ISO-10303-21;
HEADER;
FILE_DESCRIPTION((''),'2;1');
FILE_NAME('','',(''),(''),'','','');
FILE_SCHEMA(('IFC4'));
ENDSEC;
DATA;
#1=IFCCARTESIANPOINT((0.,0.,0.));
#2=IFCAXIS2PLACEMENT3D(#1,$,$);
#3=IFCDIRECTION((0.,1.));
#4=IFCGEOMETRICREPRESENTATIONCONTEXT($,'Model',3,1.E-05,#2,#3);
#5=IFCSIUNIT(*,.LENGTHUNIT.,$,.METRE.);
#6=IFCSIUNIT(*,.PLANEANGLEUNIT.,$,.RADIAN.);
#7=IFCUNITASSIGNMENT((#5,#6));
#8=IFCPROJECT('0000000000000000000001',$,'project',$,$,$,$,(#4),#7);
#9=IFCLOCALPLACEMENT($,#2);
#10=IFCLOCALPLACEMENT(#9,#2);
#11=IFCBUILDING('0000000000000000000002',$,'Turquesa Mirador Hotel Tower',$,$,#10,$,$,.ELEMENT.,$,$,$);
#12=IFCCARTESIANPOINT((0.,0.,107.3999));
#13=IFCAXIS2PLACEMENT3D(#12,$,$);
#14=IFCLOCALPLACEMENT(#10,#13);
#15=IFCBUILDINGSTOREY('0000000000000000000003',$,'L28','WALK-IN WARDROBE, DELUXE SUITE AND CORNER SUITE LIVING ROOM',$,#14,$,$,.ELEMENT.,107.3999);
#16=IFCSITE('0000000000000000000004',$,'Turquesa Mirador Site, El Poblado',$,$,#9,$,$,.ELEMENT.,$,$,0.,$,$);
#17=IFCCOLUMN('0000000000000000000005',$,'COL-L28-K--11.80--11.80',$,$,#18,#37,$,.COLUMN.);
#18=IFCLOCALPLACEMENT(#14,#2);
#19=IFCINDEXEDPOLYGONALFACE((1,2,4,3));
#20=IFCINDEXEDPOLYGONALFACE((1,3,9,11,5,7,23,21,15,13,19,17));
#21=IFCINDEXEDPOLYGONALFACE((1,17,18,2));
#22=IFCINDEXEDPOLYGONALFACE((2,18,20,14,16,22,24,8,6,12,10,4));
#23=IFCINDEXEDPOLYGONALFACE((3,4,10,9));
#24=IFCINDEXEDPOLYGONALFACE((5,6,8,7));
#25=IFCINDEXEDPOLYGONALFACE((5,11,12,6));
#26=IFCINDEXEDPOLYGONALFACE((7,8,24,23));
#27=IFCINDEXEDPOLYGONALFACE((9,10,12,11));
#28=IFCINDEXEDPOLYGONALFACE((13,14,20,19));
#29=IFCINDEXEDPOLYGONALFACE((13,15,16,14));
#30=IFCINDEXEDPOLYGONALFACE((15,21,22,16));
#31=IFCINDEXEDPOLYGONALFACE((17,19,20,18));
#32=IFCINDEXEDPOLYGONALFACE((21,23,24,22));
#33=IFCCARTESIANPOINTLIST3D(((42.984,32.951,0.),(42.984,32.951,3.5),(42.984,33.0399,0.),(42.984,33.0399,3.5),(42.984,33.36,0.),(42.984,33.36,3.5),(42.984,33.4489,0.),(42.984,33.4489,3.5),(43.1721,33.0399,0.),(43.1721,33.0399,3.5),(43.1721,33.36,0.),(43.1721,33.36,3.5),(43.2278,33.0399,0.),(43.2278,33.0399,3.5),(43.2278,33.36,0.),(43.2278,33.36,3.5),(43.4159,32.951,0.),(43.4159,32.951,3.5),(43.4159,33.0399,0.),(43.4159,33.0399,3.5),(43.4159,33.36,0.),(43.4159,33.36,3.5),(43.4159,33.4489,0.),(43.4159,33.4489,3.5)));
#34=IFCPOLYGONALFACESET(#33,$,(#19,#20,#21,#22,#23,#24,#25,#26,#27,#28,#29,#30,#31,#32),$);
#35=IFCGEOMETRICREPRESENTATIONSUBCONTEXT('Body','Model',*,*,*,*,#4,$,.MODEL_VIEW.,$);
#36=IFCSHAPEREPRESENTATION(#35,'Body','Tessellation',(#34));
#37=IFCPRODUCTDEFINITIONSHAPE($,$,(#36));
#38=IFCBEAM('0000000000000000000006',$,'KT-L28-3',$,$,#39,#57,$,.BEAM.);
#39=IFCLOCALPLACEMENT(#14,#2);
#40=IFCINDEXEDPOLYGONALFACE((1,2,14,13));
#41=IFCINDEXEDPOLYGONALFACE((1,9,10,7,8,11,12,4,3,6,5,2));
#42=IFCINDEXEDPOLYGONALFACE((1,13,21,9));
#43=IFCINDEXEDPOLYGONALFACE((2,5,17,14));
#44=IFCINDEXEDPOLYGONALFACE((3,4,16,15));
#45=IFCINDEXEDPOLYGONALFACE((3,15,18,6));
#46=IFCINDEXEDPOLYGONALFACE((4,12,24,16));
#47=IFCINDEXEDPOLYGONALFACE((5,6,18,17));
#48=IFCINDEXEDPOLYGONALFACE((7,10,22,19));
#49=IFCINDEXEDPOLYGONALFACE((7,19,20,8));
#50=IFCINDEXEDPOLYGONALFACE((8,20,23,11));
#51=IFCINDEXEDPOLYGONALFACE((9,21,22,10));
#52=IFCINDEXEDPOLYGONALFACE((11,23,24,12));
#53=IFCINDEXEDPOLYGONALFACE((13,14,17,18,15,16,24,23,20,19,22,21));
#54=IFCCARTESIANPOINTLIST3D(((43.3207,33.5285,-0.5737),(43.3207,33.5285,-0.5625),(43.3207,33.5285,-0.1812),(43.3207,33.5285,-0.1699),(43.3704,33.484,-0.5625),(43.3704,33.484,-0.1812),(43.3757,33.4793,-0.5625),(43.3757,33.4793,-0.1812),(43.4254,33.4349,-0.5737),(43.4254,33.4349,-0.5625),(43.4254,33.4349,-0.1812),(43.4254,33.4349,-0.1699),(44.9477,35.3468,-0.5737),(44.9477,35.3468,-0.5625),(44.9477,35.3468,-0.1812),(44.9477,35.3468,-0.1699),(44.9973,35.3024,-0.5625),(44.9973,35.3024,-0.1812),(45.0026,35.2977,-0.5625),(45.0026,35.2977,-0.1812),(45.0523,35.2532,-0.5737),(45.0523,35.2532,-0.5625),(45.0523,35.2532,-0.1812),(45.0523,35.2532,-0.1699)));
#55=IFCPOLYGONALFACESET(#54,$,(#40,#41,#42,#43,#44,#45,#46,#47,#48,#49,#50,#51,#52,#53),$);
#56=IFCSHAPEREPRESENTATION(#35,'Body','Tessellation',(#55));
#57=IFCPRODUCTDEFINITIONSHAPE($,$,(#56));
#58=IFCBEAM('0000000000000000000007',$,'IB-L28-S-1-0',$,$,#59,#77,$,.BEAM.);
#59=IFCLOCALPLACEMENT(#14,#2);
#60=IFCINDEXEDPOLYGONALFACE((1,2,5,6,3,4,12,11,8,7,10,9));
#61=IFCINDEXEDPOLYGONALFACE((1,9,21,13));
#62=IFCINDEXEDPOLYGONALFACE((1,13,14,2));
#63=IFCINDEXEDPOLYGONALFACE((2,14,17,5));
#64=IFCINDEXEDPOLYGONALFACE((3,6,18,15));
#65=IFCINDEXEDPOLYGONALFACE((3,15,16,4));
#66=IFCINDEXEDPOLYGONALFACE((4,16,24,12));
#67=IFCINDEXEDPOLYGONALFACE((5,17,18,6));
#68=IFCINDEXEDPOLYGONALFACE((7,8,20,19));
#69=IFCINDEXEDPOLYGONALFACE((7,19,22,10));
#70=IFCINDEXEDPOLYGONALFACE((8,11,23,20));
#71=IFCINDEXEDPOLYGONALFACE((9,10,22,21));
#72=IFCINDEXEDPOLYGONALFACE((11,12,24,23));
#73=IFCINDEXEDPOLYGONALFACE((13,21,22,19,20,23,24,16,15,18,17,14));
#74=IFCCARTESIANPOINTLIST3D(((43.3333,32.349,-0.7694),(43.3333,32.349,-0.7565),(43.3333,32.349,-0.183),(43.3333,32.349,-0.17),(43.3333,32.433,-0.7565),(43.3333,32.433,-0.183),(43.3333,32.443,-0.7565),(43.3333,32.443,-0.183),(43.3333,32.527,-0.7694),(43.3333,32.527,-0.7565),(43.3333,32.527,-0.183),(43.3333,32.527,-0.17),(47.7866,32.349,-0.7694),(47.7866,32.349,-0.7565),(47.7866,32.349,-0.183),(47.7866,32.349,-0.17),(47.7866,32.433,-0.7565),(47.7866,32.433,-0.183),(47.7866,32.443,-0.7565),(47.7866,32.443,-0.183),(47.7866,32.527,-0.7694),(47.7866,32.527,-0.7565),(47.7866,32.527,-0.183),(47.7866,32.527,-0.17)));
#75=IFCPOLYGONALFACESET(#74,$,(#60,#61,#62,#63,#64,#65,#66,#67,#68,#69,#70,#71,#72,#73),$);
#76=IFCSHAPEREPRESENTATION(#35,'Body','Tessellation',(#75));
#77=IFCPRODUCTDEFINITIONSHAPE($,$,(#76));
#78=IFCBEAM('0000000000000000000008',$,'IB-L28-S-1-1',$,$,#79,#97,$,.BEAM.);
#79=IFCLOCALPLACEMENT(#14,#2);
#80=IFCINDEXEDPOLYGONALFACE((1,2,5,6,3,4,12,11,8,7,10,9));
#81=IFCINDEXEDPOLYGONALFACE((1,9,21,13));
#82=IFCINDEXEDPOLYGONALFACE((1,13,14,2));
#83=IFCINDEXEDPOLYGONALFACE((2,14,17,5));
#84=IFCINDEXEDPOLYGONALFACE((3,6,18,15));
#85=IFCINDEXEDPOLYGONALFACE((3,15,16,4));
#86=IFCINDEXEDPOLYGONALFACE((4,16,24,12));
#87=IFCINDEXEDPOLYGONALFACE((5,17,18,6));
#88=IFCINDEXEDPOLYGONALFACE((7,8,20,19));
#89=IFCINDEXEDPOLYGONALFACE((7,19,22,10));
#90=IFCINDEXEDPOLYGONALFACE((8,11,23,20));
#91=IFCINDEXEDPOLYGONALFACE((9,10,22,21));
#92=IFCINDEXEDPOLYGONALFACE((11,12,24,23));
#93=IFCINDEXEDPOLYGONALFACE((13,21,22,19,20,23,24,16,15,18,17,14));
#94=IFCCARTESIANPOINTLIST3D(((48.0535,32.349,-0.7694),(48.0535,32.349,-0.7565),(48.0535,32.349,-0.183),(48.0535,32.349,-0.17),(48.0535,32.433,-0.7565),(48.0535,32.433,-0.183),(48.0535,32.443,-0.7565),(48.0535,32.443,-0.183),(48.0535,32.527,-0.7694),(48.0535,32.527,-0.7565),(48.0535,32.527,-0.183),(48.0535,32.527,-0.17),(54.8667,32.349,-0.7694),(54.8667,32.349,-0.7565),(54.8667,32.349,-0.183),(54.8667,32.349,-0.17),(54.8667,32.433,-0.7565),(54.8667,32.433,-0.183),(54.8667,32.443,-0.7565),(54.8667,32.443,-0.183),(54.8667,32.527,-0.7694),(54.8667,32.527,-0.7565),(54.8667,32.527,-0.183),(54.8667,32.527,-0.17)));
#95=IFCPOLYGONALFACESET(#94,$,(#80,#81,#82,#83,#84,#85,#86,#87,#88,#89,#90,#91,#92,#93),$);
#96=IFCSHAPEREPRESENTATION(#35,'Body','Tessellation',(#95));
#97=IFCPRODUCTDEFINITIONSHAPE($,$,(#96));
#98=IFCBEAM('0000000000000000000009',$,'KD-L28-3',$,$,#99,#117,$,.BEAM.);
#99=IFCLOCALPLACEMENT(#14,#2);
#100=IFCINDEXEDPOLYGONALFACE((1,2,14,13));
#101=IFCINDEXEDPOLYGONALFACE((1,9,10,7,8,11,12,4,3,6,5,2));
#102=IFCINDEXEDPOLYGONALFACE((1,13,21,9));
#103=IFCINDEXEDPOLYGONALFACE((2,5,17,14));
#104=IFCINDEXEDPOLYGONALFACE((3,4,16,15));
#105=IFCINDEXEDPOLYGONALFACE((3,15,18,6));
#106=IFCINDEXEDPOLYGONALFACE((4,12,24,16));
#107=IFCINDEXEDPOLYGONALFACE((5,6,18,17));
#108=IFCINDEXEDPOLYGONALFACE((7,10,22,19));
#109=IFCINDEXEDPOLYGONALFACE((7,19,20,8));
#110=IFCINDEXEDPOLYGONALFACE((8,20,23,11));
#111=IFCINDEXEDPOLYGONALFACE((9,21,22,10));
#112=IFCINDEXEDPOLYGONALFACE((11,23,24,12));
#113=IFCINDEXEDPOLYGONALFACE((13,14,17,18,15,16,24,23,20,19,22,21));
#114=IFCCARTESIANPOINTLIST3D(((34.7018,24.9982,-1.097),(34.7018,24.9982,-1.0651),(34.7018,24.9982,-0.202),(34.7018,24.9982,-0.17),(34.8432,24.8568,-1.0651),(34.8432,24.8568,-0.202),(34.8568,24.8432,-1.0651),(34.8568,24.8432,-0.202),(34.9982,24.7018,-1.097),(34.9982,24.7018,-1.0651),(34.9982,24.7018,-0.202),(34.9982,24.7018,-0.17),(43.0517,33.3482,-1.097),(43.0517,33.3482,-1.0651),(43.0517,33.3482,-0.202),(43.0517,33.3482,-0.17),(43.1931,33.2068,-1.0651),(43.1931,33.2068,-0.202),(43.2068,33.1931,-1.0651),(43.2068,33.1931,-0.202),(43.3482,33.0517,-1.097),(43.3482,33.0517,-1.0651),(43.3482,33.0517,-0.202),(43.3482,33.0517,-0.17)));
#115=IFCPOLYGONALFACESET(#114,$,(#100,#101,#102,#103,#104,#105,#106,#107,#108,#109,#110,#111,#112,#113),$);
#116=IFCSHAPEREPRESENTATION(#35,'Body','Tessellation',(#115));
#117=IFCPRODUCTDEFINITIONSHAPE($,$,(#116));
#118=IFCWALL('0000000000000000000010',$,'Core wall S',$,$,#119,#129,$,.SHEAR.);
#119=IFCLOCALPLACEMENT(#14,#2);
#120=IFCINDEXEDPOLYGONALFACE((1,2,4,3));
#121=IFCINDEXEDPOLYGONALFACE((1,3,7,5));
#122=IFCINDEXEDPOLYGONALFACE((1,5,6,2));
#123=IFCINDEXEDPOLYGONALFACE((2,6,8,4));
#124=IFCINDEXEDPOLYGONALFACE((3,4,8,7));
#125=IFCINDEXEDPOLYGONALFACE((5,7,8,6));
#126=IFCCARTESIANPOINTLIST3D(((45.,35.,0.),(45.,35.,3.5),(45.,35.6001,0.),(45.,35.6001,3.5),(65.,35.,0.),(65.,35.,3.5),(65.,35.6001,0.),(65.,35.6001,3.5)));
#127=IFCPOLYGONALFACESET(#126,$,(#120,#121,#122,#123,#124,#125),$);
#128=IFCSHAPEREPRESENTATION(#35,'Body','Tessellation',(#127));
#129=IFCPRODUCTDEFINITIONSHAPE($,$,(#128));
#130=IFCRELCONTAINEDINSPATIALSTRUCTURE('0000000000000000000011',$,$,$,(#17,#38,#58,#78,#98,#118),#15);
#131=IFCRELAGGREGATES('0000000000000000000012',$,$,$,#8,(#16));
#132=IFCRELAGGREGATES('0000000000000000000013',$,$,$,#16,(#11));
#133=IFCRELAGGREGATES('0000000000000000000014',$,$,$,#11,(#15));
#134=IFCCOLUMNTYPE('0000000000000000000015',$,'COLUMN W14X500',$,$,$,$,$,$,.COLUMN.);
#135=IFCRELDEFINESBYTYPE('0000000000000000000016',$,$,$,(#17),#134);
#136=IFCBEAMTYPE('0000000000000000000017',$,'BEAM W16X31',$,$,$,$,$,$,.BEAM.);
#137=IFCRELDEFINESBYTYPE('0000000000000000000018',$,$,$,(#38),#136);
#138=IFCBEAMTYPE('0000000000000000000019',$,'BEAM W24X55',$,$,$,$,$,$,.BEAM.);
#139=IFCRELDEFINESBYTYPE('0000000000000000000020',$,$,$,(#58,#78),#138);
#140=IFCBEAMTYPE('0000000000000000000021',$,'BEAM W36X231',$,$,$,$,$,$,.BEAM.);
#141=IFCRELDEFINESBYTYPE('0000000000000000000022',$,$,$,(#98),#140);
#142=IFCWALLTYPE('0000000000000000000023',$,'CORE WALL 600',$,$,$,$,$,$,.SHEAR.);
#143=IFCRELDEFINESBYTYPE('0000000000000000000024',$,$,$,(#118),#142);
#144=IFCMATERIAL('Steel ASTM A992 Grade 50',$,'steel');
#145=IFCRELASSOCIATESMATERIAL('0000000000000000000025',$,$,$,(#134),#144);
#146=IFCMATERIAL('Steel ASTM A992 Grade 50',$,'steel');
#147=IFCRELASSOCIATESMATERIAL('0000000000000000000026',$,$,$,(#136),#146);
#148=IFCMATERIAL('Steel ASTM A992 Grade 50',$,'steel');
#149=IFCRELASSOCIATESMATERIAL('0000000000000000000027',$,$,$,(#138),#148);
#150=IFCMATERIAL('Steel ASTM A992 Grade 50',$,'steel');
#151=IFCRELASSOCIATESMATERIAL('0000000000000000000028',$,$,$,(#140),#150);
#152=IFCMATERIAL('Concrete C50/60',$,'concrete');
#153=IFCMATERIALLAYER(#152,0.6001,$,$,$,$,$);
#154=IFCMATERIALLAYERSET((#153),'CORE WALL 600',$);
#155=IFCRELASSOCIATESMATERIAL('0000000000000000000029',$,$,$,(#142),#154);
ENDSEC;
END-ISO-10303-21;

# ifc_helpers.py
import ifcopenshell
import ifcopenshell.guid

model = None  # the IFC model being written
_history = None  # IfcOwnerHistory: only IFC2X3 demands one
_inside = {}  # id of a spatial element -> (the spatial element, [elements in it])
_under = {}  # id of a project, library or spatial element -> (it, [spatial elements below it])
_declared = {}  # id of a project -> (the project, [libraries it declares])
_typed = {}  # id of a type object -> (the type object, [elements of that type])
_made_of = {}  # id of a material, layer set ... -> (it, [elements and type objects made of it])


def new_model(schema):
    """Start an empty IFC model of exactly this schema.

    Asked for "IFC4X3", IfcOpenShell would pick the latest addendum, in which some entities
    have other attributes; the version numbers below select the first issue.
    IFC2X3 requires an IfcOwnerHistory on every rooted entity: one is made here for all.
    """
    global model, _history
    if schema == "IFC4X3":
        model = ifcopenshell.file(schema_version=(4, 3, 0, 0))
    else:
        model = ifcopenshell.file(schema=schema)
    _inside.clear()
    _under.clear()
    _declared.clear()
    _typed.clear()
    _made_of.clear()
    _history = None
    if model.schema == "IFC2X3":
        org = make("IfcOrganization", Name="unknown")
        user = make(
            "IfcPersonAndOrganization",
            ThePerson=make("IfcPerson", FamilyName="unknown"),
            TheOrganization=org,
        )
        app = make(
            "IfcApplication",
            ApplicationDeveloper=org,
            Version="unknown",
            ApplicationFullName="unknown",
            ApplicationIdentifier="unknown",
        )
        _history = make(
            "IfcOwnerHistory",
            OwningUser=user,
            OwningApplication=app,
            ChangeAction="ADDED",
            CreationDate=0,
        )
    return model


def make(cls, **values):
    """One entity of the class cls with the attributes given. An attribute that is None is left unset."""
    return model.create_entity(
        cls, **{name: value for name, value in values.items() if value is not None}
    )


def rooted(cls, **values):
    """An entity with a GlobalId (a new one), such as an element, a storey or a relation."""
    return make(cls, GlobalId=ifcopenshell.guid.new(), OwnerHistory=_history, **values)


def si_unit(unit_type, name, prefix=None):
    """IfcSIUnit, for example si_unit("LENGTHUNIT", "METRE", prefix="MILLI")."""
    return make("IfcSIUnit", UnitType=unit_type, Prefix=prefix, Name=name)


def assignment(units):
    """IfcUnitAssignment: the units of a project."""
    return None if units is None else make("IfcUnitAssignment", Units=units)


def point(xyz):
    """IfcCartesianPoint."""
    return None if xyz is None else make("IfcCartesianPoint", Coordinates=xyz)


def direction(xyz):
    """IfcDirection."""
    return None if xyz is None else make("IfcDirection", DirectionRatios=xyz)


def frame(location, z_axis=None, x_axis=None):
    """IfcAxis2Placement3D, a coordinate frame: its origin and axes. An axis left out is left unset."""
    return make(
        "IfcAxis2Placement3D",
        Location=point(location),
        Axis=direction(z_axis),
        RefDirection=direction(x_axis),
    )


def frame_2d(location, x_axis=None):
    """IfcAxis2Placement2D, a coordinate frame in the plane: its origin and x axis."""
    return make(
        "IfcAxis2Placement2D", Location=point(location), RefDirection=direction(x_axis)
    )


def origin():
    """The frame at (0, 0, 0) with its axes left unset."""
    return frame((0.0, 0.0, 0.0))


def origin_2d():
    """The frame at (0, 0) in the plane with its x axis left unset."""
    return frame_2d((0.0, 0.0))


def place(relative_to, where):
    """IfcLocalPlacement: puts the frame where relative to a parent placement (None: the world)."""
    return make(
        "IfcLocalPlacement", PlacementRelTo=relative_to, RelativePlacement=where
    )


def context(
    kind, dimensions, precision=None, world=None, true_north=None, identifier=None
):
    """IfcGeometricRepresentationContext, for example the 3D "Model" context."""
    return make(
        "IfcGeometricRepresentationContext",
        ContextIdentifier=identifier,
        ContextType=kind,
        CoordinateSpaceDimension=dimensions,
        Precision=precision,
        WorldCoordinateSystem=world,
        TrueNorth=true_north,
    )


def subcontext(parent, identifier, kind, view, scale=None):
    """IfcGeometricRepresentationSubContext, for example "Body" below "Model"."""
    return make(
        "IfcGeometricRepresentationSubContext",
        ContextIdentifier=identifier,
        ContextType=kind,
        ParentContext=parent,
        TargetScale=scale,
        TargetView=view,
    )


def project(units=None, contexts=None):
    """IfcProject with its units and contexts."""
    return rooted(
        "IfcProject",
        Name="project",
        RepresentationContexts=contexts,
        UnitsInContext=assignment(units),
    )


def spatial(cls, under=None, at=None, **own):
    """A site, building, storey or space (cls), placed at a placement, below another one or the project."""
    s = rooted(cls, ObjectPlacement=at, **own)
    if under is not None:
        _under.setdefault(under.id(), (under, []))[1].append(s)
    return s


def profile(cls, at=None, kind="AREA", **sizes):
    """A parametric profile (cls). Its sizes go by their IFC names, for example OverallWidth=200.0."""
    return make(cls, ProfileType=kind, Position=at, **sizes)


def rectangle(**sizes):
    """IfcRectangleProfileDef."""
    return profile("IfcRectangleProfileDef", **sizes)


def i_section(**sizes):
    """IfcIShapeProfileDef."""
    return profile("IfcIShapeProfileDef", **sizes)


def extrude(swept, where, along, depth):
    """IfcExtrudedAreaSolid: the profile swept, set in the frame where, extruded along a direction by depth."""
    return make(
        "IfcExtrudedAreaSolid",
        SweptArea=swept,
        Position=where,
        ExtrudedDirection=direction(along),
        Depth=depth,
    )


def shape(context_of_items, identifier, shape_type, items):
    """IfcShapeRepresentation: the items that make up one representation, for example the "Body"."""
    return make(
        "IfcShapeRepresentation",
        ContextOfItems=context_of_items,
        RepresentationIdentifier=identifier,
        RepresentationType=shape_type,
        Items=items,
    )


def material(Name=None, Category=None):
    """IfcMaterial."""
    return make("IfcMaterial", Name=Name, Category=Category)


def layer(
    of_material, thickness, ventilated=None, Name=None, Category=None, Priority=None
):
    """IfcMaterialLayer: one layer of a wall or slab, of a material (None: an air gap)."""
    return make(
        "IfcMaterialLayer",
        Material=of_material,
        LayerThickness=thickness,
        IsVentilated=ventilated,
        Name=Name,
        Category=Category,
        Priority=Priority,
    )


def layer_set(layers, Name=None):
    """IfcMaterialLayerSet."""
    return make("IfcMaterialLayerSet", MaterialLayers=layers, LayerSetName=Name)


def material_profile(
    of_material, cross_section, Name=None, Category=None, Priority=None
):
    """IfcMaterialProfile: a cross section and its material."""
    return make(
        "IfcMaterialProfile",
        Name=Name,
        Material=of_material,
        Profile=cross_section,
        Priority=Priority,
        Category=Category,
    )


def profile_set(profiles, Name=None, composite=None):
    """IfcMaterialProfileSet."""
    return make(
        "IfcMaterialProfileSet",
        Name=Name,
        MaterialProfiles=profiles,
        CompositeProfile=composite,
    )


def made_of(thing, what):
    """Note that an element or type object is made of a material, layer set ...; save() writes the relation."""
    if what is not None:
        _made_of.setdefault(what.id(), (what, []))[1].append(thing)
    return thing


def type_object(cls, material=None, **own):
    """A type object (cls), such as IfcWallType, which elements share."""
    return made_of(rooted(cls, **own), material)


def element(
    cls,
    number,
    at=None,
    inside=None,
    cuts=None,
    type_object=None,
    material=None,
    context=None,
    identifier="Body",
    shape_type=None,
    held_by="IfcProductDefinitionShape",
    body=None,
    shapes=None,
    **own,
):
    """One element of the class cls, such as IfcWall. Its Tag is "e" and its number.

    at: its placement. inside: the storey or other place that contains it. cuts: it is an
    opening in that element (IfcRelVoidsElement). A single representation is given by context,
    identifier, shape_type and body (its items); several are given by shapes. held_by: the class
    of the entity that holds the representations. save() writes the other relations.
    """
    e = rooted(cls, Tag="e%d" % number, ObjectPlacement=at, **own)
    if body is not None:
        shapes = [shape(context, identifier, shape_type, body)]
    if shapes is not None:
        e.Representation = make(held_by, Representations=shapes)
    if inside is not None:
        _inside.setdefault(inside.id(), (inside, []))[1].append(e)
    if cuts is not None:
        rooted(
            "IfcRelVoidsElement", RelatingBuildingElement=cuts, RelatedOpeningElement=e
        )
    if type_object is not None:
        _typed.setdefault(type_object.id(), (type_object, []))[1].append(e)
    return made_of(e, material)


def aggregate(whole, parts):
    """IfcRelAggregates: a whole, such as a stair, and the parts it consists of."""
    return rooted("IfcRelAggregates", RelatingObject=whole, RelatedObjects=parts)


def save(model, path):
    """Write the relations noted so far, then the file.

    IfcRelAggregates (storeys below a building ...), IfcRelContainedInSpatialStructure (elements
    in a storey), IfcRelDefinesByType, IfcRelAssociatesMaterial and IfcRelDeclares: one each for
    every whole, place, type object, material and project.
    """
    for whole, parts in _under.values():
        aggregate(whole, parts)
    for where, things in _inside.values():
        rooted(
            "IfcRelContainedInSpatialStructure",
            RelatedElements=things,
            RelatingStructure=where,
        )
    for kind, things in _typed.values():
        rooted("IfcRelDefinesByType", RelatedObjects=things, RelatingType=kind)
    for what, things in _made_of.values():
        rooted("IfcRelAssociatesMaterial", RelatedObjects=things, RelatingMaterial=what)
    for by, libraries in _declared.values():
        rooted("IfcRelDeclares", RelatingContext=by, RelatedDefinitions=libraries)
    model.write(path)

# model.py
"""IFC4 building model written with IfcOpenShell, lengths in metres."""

from ifc_helpers import new_model, si_unit, direction, frame, frame_2d, origin, origin_2d, place, context, subcontext, project, spatial, rectangle, i_section, extrude, material, layer, layer_set, material_profile, profile_set, type_object, element, save


model = new_model("IFC4")

# Units and contexts
model_context = context("Model", 3, precision=1e-05, world=origin(), true_north=direction((0.0, 1.0)))
body_context = subcontext(model_context, "Body", "Model", "MODEL_VIEW")
ifc_project = project(units=[si_unit("LENGTHUNIT", "METRE"), si_unit("PLANEANGLEUNIT", "RADIAN")], contexts=[model_context])

# Site, building, storey
site_placement = place(None, origin())
site = spatial("IfcSite", under=ifc_project, at=site_placement, Name="Turquesa Mirador Site, El Poblado", CompositionType="ELEMENT", RefElevation=0.0)
building_placement = place(site_placement, origin())
building = spatial("IfcBuilding", under=site, at=building_placement, Name="Turquesa Mirador Hotel Tower", CompositionType="ELEMENT")
storey_placement = place(building_placement, frame((0.0, 0.0, 107.3999)))
storey = spatial("IfcBuildingStorey", under=building, at=storey_placement, Name="L28", Description="WALK-IN WARDROBE, DELUXE SUITE AND CORNER SUITE LIVING ROOM", CompositionType="ELEMENT", Elevation=107.3999)

# Column
ifc_material_1 = material(Name="Steel ASTM A992 Grade 50", Category="steel")
ifc_material_profile_1 = material_profile(ifc_material_1, i_section(OverallWidth=0.4319, OverallDepth=0.4978, WebThickness=0.0557, FlangeThickness=0.0889, at=origin_2d()), Name="W14X500")
ifc_profile_set_1 = profile_set([ifc_material_profile_1], Name="Steel ASTM A992 Grade 50")
column_type = type_object("IfcColumnType", Name="COLUMN W14X500", PredefinedType="COLUMN", material=ifc_profile_set_1)
column_placement = place(storey_placement, frame((43.2, 33.2, 0.0), z_axis=(0.0, 0.0, 1.0), x_axis=(1.0, 0.0, 0.0)))
element("IfcColumn", 1, at=column_placement, inside=storey, type_object=column_type, Name="COL-L28-K--11.80--11.80", PredefinedType="COLUMN", context=body_context, shape_type="SweptSolid", body=[
    extrude(i_section(OverallWidth=0.4319, OverallDepth=0.4978, WebThickness=0.0557, FlangeThickness=0.0889, at=origin_2d()), origin(), (0.0, 0.0, 1.0), 3.5),
])

# Beams
ifc_material_2 = material(Name="Steel ASTM A992 Grade 50", Category="steel")
ifc_material_profile_2 = material_profile(ifc_material_2, i_section(OverallWidth=0.1404, OverallDepth=0.4038, WebThickness=0.0071, FlangeThickness=0.0112, at=origin_2d()), Name="W16X31")
ifc_profile_set_2 = profile_set([ifc_material_profile_2], Name="Steel ASTM A992 Grade 50")
beam_type_1 = type_object("IfcBeamType", Name="BEAM W16X31", PredefinedType="BEAM", material=ifc_profile_set_2)
beam_1_placement = place(storey_placement, frame((43.373, 33.4817, -0.3718), z_axis=(0.666795, 0.745241, 0.0), x_axis=(-0.745241, 0.666795, 0.0)))
element("IfcBeam", 2, at=beam_1_placement, inside=storey, type_object=beam_type_1, Name="KT-L28-3", PredefinedType="BEAM", context=body_context, shape_type="SweptSolid", body=[
    extrude(i_section(OverallWidth=0.1404, OverallDepth=0.4038, WebThickness=0.0071, FlangeThickness=0.0112, at=origin_2d()), origin(), (0.0, 0.0, 1.0), 2.4399),
])
ifc_material_3 = material(Name="Steel ASTM A992 Grade 50", Category="steel")
ifc_material_profile_3 = material_profile(ifc_material_3, i_section(OverallWidth=0.178, OverallDepth=0.5994, WebThickness=0.01, FlangeThickness=0.0129, at=origin_2d()), Name="W24X55")
ifc_profile_set_3 = profile_set([ifc_material_profile_3], Name="Steel ASTM A992 Grade 50")
beam_type_2 = type_object("IfcBeamType", Name="BEAM W24X55", PredefinedType="BEAM", material=ifc_profile_set_3)
beam_2_placement = place(storey_placement, frame((43.3333, 32.438, -0.4697), z_axis=(1.0, 0.0, 0.0), x_axis=(0.0, 1.0, 0.0)))
element("IfcBeam", 3, at=beam_2_placement, inside=storey, type_object=beam_type_2, Name="IB-L28-S-1-0", PredefinedType="BEAM", context=body_context, shape_type="SweptSolid", body=[
    extrude(i_section(OverallWidth=0.178, OverallDepth=0.5994, WebThickness=0.01, FlangeThickness=0.0129, at=origin_2d()), origin(), (0.0, 0.0, 1.0), 4.4534),
])
beam_3_placement = place(storey_placement, frame((48.0535, 32.438, -0.4697), z_axis=(1.0, 0.0, 0.0), x_axis=(0.0, 1.0, 0.0)))
element("IfcBeam", 4, at=beam_3_placement, inside=storey, type_object=beam_type_2, Name="IB-L28-S-1-1", PredefinedType="BEAM", context=body_context, shape_type="SweptSolid", body=[
    extrude(i_section(OverallWidth=0.178, OverallDepth=0.5994, WebThickness=0.01, FlangeThickness=0.0129, at=origin_2d()), origin(), (0.0, 0.0, 1.0), 6.8132),
])
ifc_material_4 = material(Name="Steel ASTM A992 Grade 50", Category="steel")
ifc_material_profile_4 = material_profile(ifc_material_4, i_section(OverallWidth=0.4192, OverallDepth=0.927, WebThickness=0.0193, FlangeThickness=0.032, at=origin_2d()), Name="W36X231")
ifc_profile_set_4 = profile_set([ifc_material_profile_4], Name="Steel ASTM A992 Grade 50")
beam_type_3 = type_object("IfcBeamType", Name="BEAM W36X231", PredefinedType="BEAM", material=ifc_profile_set_4)
beam_4_placement = place(storey_placement, frame((43.2, 33.2, -0.6335), z_axis=(-0.707107, -0.707107, 0.0), x_axis=(0.707107, -0.707107, 0.0)))
element("IfcBeam", 5, at=beam_4_placement, inside=storey, type_object=beam_type_3, Name="KD-L28-3", PredefinedType="BEAM", context=body_context, shape_type="SweptSolid", body=[
    extrude(i_section(OverallWidth=0.4192, OverallDepth=0.927, WebThickness=0.0193, FlangeThickness=0.032, at=origin_2d()), origin(), (0.0, 0.0, 1.0), 11.8086),
])

# Wall
ifc_material_5 = material(Name="Concrete C50/60", Category="concrete")
ifc_layer_1 = layer(ifc_material_5, 0.6001)
ifc_layer_set_1 = layer_set([ifc_layer_1], Name="CORE WALL 600")
wall_type_1 = type_object("IfcWallType", Name="CORE WALL 600", PredefinedType="SHEAR", material=ifc_layer_set_1)
wall_1_placement = place(storey_placement, frame((45.0, 35.3, 0.0), z_axis=(0.0, 0.0, 1.0), x_axis=(1.0, 0.0, 0.0)))
element("IfcWall", 6, at=wall_1_placement, inside=storey, type_object=wall_type_1, Name="Core wall S", PredefinedType="SHEAR", context=body_context, shape_type="SweptSolid", body=[
    extrude(rectangle(XDim=20.0, YDim=0.6001, at=frame_2d((10.0, 0.0))), origin(), (0.0, 0.0, 1.0), 3.5),
])

save(model, "model.ifc")
